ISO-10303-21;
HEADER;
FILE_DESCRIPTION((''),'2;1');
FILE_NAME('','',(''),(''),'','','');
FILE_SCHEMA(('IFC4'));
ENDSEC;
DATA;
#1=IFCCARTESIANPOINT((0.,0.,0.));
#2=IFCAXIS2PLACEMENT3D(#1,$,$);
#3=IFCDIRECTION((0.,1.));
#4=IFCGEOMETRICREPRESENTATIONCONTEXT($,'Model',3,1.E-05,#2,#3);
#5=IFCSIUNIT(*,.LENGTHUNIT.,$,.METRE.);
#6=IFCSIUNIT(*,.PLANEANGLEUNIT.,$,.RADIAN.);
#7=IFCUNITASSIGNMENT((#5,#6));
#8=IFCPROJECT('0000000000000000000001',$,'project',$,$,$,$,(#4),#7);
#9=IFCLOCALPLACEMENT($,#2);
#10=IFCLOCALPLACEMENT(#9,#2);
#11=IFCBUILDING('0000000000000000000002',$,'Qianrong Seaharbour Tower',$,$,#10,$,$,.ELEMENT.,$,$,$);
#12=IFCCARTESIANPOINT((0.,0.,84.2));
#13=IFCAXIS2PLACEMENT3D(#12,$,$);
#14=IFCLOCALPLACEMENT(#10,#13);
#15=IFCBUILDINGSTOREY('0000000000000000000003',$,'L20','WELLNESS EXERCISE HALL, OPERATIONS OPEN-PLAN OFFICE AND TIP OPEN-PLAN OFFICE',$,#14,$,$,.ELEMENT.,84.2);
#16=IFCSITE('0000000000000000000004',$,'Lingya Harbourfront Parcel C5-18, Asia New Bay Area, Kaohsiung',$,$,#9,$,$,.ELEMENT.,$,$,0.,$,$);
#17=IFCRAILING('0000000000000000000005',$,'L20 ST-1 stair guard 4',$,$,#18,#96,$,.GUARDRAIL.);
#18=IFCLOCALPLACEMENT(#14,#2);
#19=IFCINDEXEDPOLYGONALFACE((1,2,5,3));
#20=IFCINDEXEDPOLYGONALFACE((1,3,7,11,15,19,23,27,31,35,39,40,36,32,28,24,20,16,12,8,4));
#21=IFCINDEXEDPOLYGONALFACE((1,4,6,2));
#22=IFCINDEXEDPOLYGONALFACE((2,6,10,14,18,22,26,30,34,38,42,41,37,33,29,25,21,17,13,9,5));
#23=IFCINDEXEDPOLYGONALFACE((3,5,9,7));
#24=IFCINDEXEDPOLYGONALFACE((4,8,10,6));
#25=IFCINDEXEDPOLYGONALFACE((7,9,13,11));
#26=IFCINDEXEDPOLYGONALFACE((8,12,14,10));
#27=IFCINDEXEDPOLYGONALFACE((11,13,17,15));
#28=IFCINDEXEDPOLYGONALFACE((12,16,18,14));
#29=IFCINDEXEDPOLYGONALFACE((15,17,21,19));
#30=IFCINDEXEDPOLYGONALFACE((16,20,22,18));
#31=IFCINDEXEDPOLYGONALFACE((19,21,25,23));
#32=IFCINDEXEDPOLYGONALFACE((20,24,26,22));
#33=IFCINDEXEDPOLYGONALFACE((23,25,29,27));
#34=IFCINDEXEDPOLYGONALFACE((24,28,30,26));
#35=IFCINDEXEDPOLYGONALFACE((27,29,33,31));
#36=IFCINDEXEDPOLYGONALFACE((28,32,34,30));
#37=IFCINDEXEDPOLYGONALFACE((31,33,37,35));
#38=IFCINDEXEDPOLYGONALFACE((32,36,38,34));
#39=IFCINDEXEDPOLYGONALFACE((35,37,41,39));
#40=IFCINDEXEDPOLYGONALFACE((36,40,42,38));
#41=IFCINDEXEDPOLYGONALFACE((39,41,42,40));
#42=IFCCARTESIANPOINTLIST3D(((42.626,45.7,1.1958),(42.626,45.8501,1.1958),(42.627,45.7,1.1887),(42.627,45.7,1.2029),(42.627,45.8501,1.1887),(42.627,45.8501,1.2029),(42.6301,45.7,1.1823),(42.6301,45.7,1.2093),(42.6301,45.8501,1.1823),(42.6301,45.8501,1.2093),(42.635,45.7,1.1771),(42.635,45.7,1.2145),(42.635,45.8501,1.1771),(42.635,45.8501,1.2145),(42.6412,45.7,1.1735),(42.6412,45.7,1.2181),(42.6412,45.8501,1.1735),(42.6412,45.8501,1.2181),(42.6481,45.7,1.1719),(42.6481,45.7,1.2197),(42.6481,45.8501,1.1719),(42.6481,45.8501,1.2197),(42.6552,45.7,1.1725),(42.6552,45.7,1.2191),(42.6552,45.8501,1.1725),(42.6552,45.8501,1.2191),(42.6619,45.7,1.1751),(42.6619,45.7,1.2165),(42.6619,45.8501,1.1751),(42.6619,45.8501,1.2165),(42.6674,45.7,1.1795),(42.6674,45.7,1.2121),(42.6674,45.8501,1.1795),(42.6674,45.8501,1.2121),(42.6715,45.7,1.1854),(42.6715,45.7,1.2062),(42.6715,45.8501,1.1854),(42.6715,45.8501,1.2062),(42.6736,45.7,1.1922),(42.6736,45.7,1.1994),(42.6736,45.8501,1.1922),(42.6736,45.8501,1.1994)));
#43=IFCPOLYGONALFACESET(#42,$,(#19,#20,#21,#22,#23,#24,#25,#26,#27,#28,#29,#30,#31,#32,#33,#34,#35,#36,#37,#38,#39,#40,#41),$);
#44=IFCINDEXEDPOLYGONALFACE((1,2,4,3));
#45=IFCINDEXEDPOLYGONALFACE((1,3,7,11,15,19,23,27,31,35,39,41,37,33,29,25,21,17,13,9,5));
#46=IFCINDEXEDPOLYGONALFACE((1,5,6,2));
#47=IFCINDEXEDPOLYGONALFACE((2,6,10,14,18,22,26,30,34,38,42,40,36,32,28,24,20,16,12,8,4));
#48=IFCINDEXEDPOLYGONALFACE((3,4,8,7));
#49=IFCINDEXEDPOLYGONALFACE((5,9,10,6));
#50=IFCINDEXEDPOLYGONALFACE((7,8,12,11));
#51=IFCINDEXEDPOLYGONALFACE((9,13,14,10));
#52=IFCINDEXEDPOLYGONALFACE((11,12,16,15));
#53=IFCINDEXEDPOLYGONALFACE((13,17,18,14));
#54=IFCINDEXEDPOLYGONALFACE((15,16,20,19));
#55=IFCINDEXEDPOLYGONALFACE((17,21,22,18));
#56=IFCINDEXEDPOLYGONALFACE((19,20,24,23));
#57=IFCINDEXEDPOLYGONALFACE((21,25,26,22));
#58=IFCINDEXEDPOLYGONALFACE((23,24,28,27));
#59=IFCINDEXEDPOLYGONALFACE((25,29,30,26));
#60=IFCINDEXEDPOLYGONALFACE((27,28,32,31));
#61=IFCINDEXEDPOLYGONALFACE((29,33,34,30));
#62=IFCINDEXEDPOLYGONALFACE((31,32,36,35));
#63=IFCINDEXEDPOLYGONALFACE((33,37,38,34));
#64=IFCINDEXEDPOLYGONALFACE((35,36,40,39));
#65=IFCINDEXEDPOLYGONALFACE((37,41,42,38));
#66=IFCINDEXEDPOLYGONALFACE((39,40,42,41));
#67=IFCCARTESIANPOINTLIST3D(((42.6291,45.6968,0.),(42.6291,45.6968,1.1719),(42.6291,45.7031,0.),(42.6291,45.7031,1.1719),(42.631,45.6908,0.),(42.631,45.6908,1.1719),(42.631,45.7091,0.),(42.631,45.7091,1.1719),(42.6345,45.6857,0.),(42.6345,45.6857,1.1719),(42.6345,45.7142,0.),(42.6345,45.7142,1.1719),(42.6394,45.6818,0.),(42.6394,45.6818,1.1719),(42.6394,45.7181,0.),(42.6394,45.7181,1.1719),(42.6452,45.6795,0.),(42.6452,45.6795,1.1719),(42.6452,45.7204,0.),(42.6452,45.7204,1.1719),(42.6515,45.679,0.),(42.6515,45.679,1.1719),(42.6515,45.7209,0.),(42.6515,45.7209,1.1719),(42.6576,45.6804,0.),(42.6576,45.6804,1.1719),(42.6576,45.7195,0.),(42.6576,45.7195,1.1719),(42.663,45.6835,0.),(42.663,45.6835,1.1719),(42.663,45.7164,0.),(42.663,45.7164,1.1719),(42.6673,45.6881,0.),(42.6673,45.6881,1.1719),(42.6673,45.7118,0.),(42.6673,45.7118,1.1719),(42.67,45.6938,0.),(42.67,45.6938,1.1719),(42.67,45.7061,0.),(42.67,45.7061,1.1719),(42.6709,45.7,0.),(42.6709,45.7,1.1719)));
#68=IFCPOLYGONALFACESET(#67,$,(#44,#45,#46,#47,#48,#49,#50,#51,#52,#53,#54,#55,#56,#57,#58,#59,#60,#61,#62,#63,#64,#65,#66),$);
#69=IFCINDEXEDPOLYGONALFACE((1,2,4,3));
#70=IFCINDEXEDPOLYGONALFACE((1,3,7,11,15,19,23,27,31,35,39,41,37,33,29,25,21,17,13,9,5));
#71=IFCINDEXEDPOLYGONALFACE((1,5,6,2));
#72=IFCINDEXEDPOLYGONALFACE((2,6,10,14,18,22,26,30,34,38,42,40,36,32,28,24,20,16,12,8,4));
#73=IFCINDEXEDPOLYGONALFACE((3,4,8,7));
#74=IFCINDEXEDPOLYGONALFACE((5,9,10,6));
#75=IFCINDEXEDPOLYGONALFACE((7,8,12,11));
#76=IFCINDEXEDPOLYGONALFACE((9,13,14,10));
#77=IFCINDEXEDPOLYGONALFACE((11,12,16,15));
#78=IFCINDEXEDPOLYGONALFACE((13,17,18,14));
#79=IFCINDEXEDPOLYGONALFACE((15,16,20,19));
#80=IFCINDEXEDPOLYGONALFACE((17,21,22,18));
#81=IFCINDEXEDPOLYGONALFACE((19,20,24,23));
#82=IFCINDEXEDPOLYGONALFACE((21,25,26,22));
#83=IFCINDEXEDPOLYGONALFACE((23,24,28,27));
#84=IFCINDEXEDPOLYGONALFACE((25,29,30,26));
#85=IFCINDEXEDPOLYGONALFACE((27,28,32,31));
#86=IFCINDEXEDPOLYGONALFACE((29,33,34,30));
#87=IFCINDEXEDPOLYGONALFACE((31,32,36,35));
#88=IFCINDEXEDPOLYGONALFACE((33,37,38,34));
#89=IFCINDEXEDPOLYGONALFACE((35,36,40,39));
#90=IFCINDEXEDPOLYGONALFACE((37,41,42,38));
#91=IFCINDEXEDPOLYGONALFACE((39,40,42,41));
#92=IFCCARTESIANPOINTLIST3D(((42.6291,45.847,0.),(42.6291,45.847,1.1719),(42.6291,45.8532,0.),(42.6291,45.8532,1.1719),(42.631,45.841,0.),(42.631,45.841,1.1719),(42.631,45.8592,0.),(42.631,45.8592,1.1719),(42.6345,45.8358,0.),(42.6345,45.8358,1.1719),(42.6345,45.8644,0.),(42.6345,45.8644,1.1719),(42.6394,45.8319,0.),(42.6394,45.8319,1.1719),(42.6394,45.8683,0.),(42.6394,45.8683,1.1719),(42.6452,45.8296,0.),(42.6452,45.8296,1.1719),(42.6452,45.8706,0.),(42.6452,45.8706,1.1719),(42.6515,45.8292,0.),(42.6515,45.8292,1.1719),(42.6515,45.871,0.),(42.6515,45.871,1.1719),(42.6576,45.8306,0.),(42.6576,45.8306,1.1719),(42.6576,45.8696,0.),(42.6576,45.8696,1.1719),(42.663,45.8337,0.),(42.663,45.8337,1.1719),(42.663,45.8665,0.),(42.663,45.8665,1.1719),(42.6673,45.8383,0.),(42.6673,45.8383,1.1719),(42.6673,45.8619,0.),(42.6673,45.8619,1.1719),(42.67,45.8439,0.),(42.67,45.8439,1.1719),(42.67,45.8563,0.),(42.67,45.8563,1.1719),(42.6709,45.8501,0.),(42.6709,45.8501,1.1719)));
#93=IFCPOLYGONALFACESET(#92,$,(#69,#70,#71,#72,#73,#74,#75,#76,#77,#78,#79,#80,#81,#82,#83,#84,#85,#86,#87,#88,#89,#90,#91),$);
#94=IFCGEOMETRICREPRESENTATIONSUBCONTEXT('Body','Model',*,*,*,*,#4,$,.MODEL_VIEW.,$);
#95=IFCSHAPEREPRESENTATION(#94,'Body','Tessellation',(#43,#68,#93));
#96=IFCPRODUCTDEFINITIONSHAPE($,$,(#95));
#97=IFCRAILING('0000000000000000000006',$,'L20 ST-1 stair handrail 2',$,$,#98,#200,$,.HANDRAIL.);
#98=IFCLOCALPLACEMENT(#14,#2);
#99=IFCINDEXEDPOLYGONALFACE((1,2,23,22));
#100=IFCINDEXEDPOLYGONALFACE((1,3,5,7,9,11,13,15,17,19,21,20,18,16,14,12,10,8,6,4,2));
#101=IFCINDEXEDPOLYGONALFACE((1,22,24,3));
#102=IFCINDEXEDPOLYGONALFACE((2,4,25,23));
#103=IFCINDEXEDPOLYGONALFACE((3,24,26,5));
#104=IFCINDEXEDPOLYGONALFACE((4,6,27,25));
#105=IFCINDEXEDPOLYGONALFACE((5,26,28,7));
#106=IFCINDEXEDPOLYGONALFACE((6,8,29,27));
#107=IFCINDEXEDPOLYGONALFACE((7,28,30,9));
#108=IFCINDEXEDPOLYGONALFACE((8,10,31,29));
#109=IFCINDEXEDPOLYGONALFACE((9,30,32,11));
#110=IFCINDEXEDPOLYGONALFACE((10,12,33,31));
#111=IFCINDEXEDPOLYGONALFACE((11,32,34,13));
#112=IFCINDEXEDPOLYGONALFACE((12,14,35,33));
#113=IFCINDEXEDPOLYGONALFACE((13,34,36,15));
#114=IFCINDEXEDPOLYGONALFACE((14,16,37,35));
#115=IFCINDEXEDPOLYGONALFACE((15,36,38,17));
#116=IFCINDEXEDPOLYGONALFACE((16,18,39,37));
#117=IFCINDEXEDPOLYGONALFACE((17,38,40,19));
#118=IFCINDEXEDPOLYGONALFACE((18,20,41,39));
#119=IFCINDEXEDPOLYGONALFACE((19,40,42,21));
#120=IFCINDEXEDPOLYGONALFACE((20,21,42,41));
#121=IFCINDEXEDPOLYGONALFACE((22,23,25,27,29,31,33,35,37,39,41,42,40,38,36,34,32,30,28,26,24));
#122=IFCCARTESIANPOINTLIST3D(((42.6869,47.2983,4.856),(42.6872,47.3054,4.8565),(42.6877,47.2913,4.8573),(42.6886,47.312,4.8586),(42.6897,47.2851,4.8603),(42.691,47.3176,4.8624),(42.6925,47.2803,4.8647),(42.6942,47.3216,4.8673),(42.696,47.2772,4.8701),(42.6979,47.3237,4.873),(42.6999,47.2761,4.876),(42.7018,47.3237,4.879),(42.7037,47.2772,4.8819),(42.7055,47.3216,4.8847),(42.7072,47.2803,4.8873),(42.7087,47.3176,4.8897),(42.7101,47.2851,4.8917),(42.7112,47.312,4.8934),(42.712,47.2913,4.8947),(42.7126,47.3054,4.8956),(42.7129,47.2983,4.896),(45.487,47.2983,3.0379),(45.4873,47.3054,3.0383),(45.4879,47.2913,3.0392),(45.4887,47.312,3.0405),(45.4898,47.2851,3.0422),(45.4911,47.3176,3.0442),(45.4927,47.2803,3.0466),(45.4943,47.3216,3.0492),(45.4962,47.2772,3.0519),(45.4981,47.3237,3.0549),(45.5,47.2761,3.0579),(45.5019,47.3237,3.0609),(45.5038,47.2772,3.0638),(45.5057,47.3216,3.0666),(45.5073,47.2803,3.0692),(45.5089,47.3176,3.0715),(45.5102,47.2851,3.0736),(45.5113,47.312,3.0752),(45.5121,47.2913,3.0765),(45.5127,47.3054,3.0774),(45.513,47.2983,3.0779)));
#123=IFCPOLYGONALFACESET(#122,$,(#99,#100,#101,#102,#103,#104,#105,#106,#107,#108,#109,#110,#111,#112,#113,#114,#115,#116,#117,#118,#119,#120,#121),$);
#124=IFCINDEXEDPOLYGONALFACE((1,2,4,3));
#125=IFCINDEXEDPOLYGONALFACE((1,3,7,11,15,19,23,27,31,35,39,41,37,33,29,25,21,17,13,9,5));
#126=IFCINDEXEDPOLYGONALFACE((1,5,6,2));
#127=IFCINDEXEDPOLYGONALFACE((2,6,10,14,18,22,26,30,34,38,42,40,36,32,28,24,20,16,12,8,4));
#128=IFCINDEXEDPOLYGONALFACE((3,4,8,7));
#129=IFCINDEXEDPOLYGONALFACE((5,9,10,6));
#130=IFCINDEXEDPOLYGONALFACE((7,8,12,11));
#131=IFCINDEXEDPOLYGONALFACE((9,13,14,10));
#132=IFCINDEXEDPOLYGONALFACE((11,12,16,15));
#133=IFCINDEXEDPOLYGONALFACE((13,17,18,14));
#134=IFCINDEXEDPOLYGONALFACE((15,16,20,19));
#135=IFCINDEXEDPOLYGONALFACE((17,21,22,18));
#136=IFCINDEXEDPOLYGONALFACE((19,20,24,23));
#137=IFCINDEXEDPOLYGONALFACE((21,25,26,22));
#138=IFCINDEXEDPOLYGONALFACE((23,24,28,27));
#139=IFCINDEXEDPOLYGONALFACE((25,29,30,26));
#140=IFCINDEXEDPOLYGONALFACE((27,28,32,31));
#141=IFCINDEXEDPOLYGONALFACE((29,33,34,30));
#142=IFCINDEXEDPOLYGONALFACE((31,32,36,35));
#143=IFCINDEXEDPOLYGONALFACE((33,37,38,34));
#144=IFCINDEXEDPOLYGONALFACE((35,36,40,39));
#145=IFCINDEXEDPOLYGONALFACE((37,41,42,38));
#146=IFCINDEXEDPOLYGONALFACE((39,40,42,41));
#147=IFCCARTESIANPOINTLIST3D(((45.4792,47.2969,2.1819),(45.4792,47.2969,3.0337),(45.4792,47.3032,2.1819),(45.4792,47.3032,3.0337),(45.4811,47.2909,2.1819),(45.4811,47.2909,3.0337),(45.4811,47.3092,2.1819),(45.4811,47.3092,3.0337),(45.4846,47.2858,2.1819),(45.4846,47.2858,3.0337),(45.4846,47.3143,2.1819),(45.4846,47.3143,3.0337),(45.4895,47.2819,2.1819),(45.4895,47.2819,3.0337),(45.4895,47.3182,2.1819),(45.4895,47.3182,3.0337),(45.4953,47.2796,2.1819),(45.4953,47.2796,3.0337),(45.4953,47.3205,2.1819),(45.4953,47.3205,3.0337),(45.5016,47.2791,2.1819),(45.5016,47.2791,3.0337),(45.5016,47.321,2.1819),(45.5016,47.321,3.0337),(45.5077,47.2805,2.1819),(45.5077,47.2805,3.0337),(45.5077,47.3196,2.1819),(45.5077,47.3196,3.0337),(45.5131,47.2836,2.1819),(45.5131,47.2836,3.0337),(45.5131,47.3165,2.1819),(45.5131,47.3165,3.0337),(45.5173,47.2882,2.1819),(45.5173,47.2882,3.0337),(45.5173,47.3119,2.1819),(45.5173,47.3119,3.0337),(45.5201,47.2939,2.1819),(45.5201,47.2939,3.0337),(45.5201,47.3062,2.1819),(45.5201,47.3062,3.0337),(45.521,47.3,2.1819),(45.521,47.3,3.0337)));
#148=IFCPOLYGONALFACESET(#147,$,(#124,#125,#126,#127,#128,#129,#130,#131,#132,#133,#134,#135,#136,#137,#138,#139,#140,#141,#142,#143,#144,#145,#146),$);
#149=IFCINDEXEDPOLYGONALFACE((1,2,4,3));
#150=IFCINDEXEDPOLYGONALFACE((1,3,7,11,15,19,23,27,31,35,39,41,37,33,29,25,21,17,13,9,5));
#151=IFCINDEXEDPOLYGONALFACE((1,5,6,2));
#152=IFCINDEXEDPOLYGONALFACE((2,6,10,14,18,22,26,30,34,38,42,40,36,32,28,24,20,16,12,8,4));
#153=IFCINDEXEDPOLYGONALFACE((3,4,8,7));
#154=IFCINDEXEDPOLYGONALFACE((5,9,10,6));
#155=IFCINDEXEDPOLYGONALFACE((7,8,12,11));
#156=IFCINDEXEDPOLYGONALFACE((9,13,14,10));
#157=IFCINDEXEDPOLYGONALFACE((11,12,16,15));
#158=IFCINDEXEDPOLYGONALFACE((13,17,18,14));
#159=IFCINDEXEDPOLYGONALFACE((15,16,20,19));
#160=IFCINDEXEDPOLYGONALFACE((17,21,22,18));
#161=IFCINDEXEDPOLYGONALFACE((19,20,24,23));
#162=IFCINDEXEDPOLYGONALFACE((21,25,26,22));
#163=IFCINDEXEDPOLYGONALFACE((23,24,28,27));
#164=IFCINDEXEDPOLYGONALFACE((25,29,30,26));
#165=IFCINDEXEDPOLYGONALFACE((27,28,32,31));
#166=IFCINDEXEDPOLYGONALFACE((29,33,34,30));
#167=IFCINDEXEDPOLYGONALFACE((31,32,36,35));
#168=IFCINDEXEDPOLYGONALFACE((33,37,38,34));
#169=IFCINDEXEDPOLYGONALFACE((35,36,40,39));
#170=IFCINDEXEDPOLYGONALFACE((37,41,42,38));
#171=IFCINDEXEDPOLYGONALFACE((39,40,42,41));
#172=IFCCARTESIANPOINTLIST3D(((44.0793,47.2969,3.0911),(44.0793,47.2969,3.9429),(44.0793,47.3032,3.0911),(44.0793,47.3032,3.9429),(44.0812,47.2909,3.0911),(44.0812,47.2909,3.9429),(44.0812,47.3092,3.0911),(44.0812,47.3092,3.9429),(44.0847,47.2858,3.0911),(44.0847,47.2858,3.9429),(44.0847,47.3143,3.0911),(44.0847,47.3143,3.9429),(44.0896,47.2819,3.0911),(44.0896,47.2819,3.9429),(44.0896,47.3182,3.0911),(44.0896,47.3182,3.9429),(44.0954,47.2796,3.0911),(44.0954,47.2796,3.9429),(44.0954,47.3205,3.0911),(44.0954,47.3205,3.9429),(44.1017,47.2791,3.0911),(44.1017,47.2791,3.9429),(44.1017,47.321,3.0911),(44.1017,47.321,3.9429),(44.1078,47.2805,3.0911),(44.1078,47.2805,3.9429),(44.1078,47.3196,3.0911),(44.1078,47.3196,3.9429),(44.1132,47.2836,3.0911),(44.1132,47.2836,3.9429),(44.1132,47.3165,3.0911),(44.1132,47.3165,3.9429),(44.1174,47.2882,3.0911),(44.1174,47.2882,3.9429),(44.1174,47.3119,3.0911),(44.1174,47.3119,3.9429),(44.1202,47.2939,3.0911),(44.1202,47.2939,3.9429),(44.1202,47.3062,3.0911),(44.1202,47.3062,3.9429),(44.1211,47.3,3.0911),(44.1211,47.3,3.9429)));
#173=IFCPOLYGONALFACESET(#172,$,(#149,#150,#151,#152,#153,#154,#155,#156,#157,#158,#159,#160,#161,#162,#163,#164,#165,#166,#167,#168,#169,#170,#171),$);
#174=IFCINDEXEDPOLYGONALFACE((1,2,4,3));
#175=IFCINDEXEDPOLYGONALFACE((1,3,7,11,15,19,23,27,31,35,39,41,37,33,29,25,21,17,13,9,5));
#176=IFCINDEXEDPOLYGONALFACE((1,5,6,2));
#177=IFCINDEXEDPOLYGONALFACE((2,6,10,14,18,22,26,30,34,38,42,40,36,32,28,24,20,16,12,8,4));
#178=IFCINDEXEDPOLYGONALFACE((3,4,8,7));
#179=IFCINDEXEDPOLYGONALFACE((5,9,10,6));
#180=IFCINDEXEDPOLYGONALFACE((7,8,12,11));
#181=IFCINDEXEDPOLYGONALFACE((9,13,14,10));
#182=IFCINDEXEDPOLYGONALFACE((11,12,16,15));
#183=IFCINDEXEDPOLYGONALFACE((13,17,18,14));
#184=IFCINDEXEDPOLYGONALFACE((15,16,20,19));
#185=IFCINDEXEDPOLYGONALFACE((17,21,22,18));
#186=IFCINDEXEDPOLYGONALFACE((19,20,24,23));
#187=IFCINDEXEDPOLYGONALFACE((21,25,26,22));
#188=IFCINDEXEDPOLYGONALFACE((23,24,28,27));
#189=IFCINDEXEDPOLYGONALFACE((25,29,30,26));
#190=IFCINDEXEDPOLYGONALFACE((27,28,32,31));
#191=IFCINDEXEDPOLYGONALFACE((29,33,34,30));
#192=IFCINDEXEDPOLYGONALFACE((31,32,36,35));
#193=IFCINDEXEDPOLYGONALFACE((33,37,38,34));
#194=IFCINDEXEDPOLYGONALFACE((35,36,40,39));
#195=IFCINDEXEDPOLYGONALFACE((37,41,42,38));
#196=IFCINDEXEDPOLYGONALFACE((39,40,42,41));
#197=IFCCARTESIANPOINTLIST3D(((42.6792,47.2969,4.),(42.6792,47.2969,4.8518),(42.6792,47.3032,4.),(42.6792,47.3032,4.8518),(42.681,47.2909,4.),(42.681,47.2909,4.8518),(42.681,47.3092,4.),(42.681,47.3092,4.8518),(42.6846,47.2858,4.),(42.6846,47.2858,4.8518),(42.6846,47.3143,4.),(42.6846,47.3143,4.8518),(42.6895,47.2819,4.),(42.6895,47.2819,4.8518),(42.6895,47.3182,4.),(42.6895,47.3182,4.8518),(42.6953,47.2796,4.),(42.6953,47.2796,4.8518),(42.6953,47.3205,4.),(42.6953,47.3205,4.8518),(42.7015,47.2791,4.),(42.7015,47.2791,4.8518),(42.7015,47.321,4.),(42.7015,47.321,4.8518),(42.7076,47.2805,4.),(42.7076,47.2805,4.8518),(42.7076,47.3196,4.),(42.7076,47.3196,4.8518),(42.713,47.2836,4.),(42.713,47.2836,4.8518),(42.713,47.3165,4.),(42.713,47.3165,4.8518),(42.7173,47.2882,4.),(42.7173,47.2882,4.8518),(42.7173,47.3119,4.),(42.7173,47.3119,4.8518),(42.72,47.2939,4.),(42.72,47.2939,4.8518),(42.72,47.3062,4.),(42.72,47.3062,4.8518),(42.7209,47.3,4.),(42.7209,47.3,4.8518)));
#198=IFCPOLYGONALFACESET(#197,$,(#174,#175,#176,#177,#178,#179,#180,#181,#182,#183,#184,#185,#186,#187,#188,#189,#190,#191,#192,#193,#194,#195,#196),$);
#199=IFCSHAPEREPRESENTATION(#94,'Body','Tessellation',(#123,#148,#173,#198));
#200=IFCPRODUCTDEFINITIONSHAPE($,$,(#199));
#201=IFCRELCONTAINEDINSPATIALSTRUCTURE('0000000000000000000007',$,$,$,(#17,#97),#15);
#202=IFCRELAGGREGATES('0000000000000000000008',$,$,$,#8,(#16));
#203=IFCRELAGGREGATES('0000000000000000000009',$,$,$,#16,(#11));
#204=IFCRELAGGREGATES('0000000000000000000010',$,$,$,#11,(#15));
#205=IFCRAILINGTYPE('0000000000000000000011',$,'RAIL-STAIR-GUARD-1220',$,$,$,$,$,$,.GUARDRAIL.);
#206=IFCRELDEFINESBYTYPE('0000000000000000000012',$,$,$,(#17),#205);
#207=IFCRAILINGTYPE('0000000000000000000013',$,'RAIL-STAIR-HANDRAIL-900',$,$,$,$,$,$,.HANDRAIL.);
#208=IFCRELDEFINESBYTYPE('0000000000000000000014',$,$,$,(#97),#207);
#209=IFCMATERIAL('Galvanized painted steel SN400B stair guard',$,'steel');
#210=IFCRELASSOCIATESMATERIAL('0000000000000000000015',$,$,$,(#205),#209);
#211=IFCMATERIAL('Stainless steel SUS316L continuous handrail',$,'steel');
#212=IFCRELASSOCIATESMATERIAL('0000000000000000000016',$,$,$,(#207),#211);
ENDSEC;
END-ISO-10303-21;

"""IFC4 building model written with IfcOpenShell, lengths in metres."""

from ifc_helpers import new_model, si_unit, direction, frame, origin, origin_2d, place, context, subcontext, project, spatial, circle, extrude, material, type_object, element, save


model = new_model("IFC4")

# Units and contexts
model_context = context("Model", 3, precision=1e-05, world=origin(), true_north=direction((0.0, 1.0)))
body_context = subcontext(model_context, "Body", "Model", "MODEL_VIEW")
ifc_project = project(units=[si_unit("LENGTHUNIT", "METRE"), si_unit("PLANEANGLEUNIT", "RADIAN")], contexts=[model_context])

# Site, building, storey
site_placement = place(None, origin())
site = spatial("IfcSite", under=ifc_project, at=site_placement, Name="Lingya Harbourfront Parcel C5-18, Asia New Bay Area, Kaohsiung", CompositionType="ELEMENT", RefElevation=0.0)
building_placement = place(site_placement, origin())
building = spatial("IfcBuilding", under=site, at=building_placement, Name="Qianrong Seaharbour Tower", CompositionType="ELEMENT")
storey_placement = place(building_placement, frame((0.0, 0.0, 84.2)))
storey = spatial("IfcBuildingStorey", under=building, at=storey_placement, Name="L20", Description="WELLNESS EXERCISE HALL, OPERATIONS OPEN-PLAN OFFICE AND TIP OPEN-PLAN OFFICE", CompositionType="ELEMENT", Elevation=84.2)

# Railings
ifc_material_1 = material(Name="Galvanized painted steel SN400B stair guard", Category="steel")
railing_type_1 = type_object("IfcRailingType", Name="RAIL-STAIR-GUARD-1220", PredefinedType="GUARDRAIL", material=ifc_material_1)
railing_1_placement = place(storey_placement, frame((42.6499, 45.7, 0.0)))
element("IfcRailing", 1, at=railing_1_placement, inside=storey, type_object=railing_type_1, Name="L20 ST-1 stair guard 4", PredefinedType="GUARDRAIL", context=body_context, shape_type="SweptSolid", body=[
    extrude(circle(Radius=0.0239, at=origin_2d()), frame((0.0, 0.0, 1.1958), z_axis=(0.0, 1.0, 0.0), x_axis=(-1.0, 0.0, 0.0)), (0.0, 0.0, 1.0), 0.1501),
    extrude(circle(Radius=0.021, at=origin_2d()), origin(), (0.0, 0.0, 1.0), 1.1719),
    extrude(circle(Radius=0.021, at=origin_2d()), frame((0.0, 0.1501, 0.0)), (0.0, 0.0, 1.0), 1.1719),
])
ifc_material_2 = material(Name="Stainless steel SUS316L continuous handrail", Category="steel")
railing_type_2 = type_object("IfcRailingType", Name="RAIL-STAIR-HANDRAIL-900", PredefinedType="HANDRAIL", material=ifc_material_2)
railing_2_placement = place(storey_placement, frame((45.5, 47.3, 2.1819)))
element("IfcRailing", 2, at=railing_2_placement, inside=storey, type_object=railing_type_2, Name="L20 ST-1 stair handrail 2", PredefinedType="HANDRAIL", context=body_context, shape_type="SweptSolid", body=[
    extrude(circle(Radius=0.0239, at=origin_2d()), frame((0.0, 0.0, 0.876), z_axis=(-0.838706, 0.0, 0.544585), x_axis=(0.0, -1.0, 0.0)), (0.0, 0.0, 1.0), 3.3386),
    extrude(circle(Radius=0.021, at=origin_2d()), origin(), (0.0, 0.0, 1.0), 0.8518),
    extrude(circle(Radius=0.021, at=origin_2d()), frame((-1.3999, 0.0, 0.9092)), (0.0, 0.0, 1.0), 0.8518),
    extrude(circle(Radius=0.021, at=origin_2d()), frame((-2.8, 0.0, 1.8181)), (0.0, 0.0, 1.0), 0.8518),
])

save(model, "model.ifc")
